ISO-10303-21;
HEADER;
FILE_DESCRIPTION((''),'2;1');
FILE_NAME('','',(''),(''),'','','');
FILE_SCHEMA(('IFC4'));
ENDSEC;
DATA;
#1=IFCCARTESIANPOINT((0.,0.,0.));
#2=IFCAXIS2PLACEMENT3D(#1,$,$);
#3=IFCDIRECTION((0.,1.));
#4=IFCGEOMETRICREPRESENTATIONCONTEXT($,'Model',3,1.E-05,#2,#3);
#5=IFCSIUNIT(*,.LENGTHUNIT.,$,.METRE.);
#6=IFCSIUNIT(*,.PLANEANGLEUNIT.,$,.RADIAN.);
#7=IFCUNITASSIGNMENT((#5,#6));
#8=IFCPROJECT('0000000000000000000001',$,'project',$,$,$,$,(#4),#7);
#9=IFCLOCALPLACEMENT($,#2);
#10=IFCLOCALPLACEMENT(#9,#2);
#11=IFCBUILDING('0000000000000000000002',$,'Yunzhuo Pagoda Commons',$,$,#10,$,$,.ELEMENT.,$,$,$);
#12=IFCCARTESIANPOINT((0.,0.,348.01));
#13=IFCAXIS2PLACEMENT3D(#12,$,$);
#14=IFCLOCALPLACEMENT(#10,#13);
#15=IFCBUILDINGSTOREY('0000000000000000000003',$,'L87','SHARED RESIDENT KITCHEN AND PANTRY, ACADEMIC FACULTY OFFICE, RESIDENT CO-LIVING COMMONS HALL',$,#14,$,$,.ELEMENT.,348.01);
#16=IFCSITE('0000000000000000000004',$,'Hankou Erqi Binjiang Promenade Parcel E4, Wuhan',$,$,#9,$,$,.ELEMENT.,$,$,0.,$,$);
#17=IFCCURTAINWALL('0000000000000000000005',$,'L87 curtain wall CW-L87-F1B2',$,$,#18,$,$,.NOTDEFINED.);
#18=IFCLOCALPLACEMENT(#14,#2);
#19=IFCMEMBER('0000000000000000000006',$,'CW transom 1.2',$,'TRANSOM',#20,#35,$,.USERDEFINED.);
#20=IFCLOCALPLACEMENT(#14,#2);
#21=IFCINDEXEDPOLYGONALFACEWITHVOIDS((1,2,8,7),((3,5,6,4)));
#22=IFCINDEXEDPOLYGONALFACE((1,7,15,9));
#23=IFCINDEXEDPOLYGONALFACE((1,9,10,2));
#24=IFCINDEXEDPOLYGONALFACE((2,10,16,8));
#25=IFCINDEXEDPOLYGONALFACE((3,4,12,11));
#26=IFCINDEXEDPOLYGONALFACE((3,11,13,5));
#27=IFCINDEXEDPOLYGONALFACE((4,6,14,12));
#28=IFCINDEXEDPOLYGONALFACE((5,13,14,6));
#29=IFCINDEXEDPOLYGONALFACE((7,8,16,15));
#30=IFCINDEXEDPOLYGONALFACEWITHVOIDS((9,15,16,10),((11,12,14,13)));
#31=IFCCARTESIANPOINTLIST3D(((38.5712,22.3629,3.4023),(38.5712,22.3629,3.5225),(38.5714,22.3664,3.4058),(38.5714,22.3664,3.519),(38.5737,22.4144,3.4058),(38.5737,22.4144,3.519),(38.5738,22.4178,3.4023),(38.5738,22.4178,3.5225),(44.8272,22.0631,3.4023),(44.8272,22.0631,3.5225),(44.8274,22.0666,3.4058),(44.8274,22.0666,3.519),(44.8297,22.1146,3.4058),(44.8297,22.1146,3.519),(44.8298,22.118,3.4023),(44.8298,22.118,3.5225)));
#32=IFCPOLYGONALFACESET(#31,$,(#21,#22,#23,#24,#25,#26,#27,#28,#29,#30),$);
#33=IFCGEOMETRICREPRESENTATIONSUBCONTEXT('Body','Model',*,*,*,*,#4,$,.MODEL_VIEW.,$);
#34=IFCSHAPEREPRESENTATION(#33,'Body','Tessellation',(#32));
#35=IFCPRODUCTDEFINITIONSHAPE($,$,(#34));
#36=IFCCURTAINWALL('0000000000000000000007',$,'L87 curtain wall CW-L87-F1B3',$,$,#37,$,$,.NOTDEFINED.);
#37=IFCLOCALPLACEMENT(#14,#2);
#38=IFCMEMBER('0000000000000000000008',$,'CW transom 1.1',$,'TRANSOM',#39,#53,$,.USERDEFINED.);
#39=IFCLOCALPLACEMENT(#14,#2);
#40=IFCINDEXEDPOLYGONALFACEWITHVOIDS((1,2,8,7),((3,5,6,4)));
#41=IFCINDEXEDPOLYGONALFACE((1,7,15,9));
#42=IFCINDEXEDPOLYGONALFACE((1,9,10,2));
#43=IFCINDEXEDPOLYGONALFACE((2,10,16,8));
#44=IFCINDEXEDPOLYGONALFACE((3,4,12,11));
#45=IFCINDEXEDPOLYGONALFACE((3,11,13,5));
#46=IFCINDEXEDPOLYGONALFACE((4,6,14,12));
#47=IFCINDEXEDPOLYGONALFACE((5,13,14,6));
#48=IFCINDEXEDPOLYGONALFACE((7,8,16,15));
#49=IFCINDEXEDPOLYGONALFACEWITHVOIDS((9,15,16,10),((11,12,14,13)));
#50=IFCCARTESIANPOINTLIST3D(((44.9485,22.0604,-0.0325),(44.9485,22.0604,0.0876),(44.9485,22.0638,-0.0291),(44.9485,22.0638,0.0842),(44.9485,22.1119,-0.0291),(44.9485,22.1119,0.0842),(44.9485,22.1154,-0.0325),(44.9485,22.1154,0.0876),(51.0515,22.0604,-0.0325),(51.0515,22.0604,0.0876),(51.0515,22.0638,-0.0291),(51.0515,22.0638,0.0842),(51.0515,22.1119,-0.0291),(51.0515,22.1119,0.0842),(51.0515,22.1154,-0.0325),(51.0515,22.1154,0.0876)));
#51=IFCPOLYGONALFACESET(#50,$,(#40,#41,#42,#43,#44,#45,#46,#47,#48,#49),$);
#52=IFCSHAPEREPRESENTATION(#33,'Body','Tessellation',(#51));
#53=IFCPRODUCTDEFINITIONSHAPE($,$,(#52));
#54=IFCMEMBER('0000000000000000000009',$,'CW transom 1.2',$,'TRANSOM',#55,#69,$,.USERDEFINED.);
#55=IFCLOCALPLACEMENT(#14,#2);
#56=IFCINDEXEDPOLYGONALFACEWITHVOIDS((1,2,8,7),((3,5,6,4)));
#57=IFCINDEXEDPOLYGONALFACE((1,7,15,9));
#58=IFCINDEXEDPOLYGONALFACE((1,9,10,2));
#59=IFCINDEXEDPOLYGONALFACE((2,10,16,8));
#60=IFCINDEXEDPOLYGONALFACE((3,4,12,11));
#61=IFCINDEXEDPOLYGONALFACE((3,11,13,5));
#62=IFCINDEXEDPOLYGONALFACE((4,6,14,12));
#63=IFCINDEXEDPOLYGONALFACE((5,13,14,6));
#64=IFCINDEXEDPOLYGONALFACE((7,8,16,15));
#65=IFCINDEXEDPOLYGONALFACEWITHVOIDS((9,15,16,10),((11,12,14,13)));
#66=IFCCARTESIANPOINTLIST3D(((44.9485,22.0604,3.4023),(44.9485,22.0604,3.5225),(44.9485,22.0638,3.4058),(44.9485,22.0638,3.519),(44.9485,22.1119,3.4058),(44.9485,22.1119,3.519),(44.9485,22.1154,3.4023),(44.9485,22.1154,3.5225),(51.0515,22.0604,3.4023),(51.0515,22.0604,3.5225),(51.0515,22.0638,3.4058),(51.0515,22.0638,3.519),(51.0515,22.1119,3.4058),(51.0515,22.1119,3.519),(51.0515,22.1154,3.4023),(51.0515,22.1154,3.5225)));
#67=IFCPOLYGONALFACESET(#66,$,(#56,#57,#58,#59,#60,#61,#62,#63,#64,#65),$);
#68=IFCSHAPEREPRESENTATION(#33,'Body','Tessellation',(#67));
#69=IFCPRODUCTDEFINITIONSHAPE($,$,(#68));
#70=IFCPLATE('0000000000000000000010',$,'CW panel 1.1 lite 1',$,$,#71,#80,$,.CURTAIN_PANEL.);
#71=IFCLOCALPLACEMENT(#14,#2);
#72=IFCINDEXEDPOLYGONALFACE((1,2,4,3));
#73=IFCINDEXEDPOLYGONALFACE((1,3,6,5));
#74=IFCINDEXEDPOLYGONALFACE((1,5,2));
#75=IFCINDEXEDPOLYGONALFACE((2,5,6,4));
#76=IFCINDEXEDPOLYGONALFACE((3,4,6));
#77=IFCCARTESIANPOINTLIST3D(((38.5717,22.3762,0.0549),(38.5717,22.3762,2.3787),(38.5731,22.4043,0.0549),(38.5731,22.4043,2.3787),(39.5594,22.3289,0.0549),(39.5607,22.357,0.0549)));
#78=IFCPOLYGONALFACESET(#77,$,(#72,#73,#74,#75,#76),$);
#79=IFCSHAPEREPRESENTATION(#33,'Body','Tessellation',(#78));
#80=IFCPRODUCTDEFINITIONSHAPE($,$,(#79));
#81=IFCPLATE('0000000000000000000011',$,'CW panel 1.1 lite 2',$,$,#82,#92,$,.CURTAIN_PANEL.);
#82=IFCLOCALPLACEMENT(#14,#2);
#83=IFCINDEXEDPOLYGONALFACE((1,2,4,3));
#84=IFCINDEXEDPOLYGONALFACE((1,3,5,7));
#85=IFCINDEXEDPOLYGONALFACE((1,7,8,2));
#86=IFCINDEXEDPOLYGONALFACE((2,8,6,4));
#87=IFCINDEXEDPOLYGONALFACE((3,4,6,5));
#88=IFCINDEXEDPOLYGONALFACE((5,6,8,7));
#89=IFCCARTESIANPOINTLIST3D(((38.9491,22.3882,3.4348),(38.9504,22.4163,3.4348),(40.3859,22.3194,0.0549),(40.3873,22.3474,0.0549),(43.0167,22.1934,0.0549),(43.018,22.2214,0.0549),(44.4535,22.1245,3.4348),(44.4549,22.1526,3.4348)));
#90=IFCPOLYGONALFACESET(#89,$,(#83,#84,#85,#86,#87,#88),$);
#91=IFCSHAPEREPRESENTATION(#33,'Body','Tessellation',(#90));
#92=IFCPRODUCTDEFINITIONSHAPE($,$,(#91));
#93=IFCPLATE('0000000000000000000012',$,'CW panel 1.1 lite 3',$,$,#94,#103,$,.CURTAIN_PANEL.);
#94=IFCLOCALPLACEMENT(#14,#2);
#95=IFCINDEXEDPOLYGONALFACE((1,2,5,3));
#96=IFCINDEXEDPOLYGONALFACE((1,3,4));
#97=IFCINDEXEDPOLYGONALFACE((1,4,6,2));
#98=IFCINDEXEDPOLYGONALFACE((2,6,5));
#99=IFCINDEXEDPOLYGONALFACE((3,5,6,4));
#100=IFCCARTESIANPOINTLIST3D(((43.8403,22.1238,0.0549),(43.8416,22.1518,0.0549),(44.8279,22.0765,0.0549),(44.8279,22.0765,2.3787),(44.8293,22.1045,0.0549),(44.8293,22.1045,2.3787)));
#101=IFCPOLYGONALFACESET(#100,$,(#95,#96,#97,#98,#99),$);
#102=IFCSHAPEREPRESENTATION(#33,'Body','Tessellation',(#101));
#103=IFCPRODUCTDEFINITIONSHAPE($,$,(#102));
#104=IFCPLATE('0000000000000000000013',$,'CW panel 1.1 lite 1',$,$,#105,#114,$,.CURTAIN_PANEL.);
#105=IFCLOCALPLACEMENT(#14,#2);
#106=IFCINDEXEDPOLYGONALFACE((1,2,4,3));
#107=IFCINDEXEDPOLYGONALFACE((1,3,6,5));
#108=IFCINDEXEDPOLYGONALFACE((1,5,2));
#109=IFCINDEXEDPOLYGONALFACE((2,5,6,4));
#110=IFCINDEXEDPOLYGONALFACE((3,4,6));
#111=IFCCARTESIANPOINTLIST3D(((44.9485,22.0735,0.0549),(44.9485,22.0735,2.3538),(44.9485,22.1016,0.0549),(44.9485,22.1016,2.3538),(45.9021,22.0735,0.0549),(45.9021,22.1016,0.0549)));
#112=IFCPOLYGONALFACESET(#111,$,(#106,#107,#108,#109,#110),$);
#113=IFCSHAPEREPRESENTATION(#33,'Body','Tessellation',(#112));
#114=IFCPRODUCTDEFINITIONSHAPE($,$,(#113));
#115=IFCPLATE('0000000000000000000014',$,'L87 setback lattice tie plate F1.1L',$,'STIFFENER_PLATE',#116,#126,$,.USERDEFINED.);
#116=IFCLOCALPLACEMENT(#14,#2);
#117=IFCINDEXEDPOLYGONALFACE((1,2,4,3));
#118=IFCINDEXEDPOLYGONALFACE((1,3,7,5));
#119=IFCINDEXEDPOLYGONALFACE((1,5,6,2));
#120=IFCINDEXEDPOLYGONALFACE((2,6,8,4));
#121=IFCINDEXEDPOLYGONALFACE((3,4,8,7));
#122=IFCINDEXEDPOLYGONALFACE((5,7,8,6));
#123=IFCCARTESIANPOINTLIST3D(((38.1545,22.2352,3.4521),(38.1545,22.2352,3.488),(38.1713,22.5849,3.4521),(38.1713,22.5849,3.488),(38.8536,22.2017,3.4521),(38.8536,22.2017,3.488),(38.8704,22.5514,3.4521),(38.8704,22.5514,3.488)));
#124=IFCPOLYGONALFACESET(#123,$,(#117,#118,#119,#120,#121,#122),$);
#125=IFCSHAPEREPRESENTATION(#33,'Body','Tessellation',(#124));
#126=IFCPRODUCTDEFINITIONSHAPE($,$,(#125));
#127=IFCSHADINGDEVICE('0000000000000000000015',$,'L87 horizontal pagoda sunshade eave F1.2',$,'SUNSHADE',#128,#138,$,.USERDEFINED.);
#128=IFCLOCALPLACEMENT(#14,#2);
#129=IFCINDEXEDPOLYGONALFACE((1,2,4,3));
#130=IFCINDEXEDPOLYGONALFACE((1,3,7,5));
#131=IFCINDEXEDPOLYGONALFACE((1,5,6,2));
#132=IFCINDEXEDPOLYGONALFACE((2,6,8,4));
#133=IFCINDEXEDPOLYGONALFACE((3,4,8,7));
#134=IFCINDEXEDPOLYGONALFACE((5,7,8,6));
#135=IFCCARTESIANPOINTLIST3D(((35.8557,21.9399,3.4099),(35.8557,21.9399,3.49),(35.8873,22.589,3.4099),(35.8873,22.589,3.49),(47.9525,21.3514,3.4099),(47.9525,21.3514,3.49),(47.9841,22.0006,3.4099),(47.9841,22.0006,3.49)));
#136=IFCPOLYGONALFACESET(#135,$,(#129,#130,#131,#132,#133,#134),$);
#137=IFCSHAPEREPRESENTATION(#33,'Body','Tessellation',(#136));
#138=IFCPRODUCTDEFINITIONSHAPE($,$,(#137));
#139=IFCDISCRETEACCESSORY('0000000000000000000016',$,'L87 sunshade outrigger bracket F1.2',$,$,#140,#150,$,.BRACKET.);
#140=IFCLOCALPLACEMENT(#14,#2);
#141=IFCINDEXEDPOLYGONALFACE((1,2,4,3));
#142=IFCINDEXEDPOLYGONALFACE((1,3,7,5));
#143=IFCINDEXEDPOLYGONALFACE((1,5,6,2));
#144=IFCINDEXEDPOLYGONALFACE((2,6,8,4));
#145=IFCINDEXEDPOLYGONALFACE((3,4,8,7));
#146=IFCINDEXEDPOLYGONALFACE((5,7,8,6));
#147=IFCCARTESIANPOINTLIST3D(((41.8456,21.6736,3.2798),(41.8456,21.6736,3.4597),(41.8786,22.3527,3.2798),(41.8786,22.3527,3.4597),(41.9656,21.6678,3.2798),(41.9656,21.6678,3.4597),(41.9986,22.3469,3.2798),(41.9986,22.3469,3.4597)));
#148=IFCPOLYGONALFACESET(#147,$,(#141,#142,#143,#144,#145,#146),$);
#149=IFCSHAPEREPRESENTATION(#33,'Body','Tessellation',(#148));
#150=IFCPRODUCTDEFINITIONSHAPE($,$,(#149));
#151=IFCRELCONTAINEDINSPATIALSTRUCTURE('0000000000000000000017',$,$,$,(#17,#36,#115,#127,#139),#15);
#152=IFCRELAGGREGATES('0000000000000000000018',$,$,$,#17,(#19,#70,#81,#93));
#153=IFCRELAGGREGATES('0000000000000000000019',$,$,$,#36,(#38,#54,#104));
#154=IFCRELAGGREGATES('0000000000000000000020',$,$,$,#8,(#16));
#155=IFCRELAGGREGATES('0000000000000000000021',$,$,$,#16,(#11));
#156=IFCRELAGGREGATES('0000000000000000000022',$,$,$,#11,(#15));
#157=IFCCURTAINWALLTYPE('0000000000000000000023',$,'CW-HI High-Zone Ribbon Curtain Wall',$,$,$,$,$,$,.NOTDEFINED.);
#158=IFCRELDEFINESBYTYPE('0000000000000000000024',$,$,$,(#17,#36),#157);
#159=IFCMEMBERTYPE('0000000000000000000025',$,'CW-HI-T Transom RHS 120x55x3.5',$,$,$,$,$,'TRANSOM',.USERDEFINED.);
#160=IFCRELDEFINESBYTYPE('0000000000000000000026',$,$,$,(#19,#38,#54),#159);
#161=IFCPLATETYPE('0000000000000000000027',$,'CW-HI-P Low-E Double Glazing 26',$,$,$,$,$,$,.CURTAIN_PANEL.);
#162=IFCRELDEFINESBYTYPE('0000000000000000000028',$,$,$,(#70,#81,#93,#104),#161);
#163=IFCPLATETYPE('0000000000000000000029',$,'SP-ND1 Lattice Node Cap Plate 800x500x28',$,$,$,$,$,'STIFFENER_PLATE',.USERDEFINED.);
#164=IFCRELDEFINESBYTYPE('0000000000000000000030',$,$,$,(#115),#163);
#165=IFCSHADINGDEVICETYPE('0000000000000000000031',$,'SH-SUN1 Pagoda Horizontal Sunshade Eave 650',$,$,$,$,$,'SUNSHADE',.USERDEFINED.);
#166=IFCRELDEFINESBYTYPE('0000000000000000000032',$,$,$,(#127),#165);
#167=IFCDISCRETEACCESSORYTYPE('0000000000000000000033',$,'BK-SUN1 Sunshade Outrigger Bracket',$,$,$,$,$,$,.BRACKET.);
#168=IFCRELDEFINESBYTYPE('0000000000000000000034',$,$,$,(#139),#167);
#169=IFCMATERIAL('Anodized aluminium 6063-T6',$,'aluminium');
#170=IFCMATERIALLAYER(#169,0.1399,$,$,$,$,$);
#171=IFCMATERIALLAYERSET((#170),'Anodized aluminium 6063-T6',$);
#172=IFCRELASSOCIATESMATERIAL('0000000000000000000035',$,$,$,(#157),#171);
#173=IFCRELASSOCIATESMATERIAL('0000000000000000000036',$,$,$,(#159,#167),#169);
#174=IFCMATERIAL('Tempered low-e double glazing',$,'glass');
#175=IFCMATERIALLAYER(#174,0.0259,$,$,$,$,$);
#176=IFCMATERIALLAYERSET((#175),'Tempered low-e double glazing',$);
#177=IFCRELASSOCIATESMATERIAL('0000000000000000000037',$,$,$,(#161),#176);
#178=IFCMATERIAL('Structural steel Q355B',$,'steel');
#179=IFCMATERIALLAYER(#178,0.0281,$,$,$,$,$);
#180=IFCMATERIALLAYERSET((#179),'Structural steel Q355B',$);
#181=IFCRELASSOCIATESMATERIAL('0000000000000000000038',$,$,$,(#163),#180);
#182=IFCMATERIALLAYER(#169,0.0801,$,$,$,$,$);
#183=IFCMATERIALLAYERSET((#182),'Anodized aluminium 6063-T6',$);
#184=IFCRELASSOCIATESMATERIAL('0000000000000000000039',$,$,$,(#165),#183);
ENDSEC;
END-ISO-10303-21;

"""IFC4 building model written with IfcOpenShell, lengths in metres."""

from ifc_helpers import new_model, si_unit, direction, frame, origin, origin_2d, place, context, subcontext, project, spatial, polyline, rectangle, hollow_rectangle, outline, extrude, source, transform, mapped, material, layer, layer_set, material_profile, profile_set, type_object, element, aggregate, save


model = new_model("IFC4")

# Units and contexts
model_context = context("Model", 3, precision=1e-05, world=origin(), true_north=direction((0.0, 1.0)))
body_context = subcontext(model_context, "Body", "Model", "MODEL_VIEW")
ifc_project = project(units=[si_unit("LENGTHUNIT", "METRE"), si_unit("PLANEANGLEUNIT", "RADIAN")], contexts=[model_context])

# Site, building, storey
site_placement = place(None, origin())
site = spatial("IfcSite", under=ifc_project, at=site_placement, Name="Hankou Erqi Binjiang Promenade Parcel E4, Wuhan", CompositionType="ELEMENT", RefElevation=0.0)
building_placement = place(site_placement, origin())
building = spatial("IfcBuilding", under=site, at=building_placement, Name="Yunzhuo Pagoda Commons", CompositionType="ELEMENT")
storey_placement = place(building_placement, frame((0.0, 0.0, 348.01)))
storey = spatial("IfcBuildingStorey", under=building, at=storey_placement, Name="L87", Description="SHARED RESIDENT KITCHEN AND PANTRY, ACADEMIC FACULTY OFFICE, RESIDENT CO-LIVING COMMONS HALL", CompositionType="ELEMENT", Elevation=348.01)

# Shared definitions
ifc_material_1 = material(Name="Structural steel Q355B", Category="steel")

# Curtain walls, members
ifc_material_2 = material(Name="Anodized aluminium 6063-T6", Category="aluminium")
ifc_layer_1 = layer(ifc_material_2, 0.1399)
ifc_layer_set_1 = layer_set([ifc_layer_1], Name="Anodized aluminium 6063-T6")
curtain_wall_type = type_object("IfcCurtainWallType", Name="CW-HI High-Zone Ribbon Curtain Wall", PredefinedType="NOTDEFINED", material=ifc_layer_set_1)
curtain_wall_1_placement = place(storey_placement, origin())
curtain_wall_1 = element("IfcCurtainWall", 1, at=curtain_wall_1_placement, inside=storey, type_object=curtain_wall_type, Name="L87 curtain wall CW-L87-F1B2", PredefinedType="NOTDEFINED")
ifc_material_profile_1 = material_profile(ifc_material_2, hollow_rectangle(XDim=0.0549, YDim=0.1201, WallThickness=0.0034, at=origin_2d()), Name="Anodized aluminium 6063-T6")
ifc_profile_set_1 = profile_set([ifc_material_profile_1], Name="Anodized aluminium 6063-T6")
member_type_1 = type_object("IfcMemberType", Name="CW-HI-T Transom RHS 120x55x3.5", ElementType="TRANSOM", PredefinedType="USERDEFINED", material=ifc_profile_set_1)
shared_shape_1 = source(origin(), body_context, "Body", "SweptSolid", [
    extrude(hollow_rectangle(XDim=0.0549, YDim=0.1201, WallThickness=0.0034, at=origin_2d()), origin(), (0.0, 0.0, 1.0), 6.2632),
])
member_1_placement = place(storey_placement, frame((38.5725, 22.3904, 3.4624), z_axis=(0.998854, -0.047867, 0.0), x_axis=(0.047867, 0.998854, 0.0)))
member_1 = element("IfcMember", 2, at=member_1_placement, type_object=member_type_1, Name="CW transom 1.2", ObjectType="TRANSOM", PredefinedType="USERDEFINED", context=body_context, shape_type="MappedRepresentation", body=[
    mapped(shared_shape_1, transform((0.0, 0.0, 0.0), scale=1.0)),
])
curtain_wall_2_placement = place(storey_placement, origin())
curtain_wall_2 = element("IfcCurtainWall", 3, at=curtain_wall_2_placement, inside=storey, type_object=curtain_wall_type, Name="L87 curtain wall CW-L87-F1B3", PredefinedType="NOTDEFINED")
shared_shape_2 = source(origin(), body_context, "Body", "SweptSolid", [
    extrude(hollow_rectangle(XDim=0.0549, YDim=0.1201, WallThickness=0.0034, at=origin_2d()), origin(), (0.0, 0.0, 1.0), 6.103),
])
member_2_placement = place(storey_placement, frame((44.9485, 22.0879, 0.0276), z_axis=(1.0, 0.0, 0.0), x_axis=(0.0, 1.0, 0.0)))
member_2 = element("IfcMember", 4, at=member_2_placement, type_object=member_type_1, Name="CW transom 1.1", ObjectType="TRANSOM", PredefinedType="USERDEFINED", context=body_context, shape_type="MappedRepresentation", body=[
    mapped(shared_shape_2, transform((0.0, 0.0, 0.0), scale=1.0)),
])
member_3_placement = place(storey_placement, frame((44.9485, 22.0879, 3.4624), z_axis=(1.0, 0.0, 0.0), x_axis=(0.0, 1.0, 0.0)))
member_3 = element("IfcMember", 5, at=member_3_placement, type_object=member_type_1, Name="CW transom 1.2", ObjectType="TRANSOM", PredefinedType="USERDEFINED", context=body_context, shape_type="MappedRepresentation", body=[
    mapped(shared_shape_2, transform((0.0, 0.0, 0.0), scale=1.0)),
])

# Plates
ifc_material_3 = material(Name="Tempered low-e double glazing", Category="glass")
ifc_layer_2 = layer(ifc_material_3, 0.0259)
ifc_layer_set_2 = layer_set([ifc_layer_2], Name="Tempered low-e double glazing")
plate_type_1 = type_object("IfcPlateType", Name="CW-HI-P Low-E Double Glazing 26", PredefinedType="CURTAIN_PANEL", material=ifc_layer_set_2)
plate_1_placement = place(storey_placement, frame((39.0669, 22.3806, 1.2168), z_axis=(-0.047859, -0.998854, 0.0), x_axis=(0.998854, -0.047859, 0.0)))
plate_1 = element("IfcPlate", 6, at=plate_1_placement, type_object=plate_type_1, Name="CW panel 1.1 lite 1", PredefinedType="CURTAIN_PANEL", context=body_context, shape_type="SweptSolid", body=[
    extrude(outline(polyline([(-0.4944, -1.1619), (0.4944, -1.1619), (-0.4944, 1.1619), (-0.4944, -1.1619)])), origin(), (0.0, 0.0, 1.0), 0.0281),
])
plate_2_placement = place(storey_placement, frame((41.7026, 22.2844, 1.7449), z_axis=(-0.047859, -0.998854, 0.0), x_axis=(0.998854, -0.047859, 0.0)))
plate_2 = element("IfcPlate", 7, at=plate_2_placement, type_object=plate_type_1, Name="CW panel 1.1 lite 2", PredefinedType="CURTAIN_PANEL", context=body_context, shape_type="SweptSolid", body=[
    extrude(outline(polyline([(-2.7554, 1.6899), (-1.3169, -1.6899), (1.3169, -1.6899), (2.7554, 1.6899), (-2.7554, 1.6899)])), origin(), (0.0, 0.0, 1.0), 0.0281),
])
plate_3_placement = place(storey_placement, frame((44.3354, 22.1282, 1.2168), z_axis=(-0.047859, -0.998854, 0.0), x_axis=(0.998854, -0.047859, 0.0)))
plate_3 = element("IfcPlate", 8, at=plate_3_placement, type_object=plate_type_1, Name="CW panel 1.1 lite 3", PredefinedType="CURTAIN_PANEL", context=body_context, shape_type="SweptSolid", body=[
    extrude(outline(polyline([(-0.4944, -1.1619), (0.4944, -1.1619), (0.4944, 1.1619), (-0.4944, -1.1619)])), origin(), (0.0, 0.0, 1.0), 0.0281),
])
aggregate(curtain_wall_1, [member_1, plate_1, plate_2, plate_3])
plate_4_placement = place(storey_placement, frame((45.4253, 22.1016, 1.2043), z_axis=(0.0, -1.0, 0.0), x_axis=(1.0, 0.0, 0.0)))
plate_4 = element("IfcPlate", 9, at=plate_4_placement, type_object=plate_type_1, Name="CW panel 1.1 lite 1", PredefinedType="CURTAIN_PANEL", context=body_context, shape_type="SweptSolid", body=[
    extrude(outline(polyline([(-0.4768, -1.1494), (0.4768, -1.1494), (-0.4768, 1.1494), (-0.4768, -1.1494)])), origin(), (0.0, 0.0, 1.0), 0.0281),
])
aggregate(curtain_wall_2, [member_2, member_3, plate_4])
ifc_layer_3 = layer(ifc_material_1, 0.0281)
ifc_layer_set_3 = layer_set([ifc_layer_3], Name="Structural steel Q355B")
plate_type_2 = type_object("IfcPlateType", Name="SP-ND1 Lattice Node Cap Plate 800x500x28", ElementType="STIFFENER_PLATE", PredefinedType="USERDEFINED", material=ifc_layer_set_3)
shared_shape_3 = source(origin(), body_context, "Body", "SweptSolid", [
    extrude(rectangle(XDim=0.7, YDim=0.3501, at=origin_2d()), origin(), (0.0, 0.0, 1.0), 0.0359),
])
plate_5_placement = place(storey_placement, frame((38.5125, 22.3933, 3.4521), z_axis=(0.0, 0.0, 1.0), x_axis=(0.998854, -0.047856, 0.0)))
element("IfcPlate", 10, at=plate_5_placement, inside=storey, type_object=plate_type_2, Name="L87 setback lattice tie plate F1.1L", ObjectType="STIFFENER_PLATE", PredefinedType="USERDEFINED", context=body_context, shape_type="MappedRepresentation", body=[
    mapped(shared_shape_3, transform((0.0, 0.0, 0.0), scale=1.0)),
])

# Shading device
ifc_layer_4 = layer(ifc_material_2, 0.0801)
ifc_layer_set_4 = layer_set([ifc_layer_4], Name="Anodized aluminium 6063-T6")
shading_device_type = type_object("IfcShadingDeviceType", Name="SH-SUN1 Pagoda Horizontal Sunshade Eave 650", ElementType="SUNSHADE", PredefinedType="USERDEFINED", material=ifc_layer_set_4)
shared_shape_4 = source(origin(), body_context, "Body", "SweptSolid", [
    extrude(rectangle(XDim=12.1111, YDim=0.6499, at=origin_2d()), origin(), (0.0, 0.0, 1.0), 0.0801),
])
shading_device_placement = place(storey_placement, frame((41.9199, 21.9702, 3.4099), z_axis=(0.0, 0.0, 1.0), x_axis=(0.998819, -0.048588, 0.0)))
element("IfcShadingDevice", 11, at=shading_device_placement, inside=storey, type_object=shading_device_type, Name="L87 horizontal pagoda sunshade eave F1.2", ObjectType="SUNSHADE", PredefinedType="USERDEFINED", context=body_context, shape_type="MappedRepresentation", body=[
    mapped(shared_shape_4, transform((0.0, 0.0, 0.0), scale=1.0)),
])

# Discrete accessory
discrete_accessory_type = type_object("IfcDiscreteAccessoryType", Name="BK-SUN1 Sunshade Outrigger Bracket", PredefinedType="BRACKET", material=ifc_material_2)
shared_shape_5 = source(origin(), body_context, "Body", "SweptSolid", [
    extrude(rectangle(XDim=0.1201, YDim=0.6799, at=origin_2d()), origin(), (0.0, 0.0, 1.0), 0.1799),
])
discrete_accessory_placement = place(storey_placement, frame((41.9221, 22.0103, 3.2798), z_axis=(0.0, 0.0, 1.0), x_axis=(0.998819, -0.048588, 0.0)))
element("IfcDiscreteAccessory", 12, at=discrete_accessory_placement, inside=storey, type_object=discrete_accessory_type, Name="L87 sunshade outrigger bracket F1.2", PredefinedType="BRACKET", context=body_context, shape_type="MappedRepresentation", body=[
    mapped(shared_shape_5, transform((0.0, 0.0, 0.0), scale=1.0)),
])

save(model, "model.ifc")
